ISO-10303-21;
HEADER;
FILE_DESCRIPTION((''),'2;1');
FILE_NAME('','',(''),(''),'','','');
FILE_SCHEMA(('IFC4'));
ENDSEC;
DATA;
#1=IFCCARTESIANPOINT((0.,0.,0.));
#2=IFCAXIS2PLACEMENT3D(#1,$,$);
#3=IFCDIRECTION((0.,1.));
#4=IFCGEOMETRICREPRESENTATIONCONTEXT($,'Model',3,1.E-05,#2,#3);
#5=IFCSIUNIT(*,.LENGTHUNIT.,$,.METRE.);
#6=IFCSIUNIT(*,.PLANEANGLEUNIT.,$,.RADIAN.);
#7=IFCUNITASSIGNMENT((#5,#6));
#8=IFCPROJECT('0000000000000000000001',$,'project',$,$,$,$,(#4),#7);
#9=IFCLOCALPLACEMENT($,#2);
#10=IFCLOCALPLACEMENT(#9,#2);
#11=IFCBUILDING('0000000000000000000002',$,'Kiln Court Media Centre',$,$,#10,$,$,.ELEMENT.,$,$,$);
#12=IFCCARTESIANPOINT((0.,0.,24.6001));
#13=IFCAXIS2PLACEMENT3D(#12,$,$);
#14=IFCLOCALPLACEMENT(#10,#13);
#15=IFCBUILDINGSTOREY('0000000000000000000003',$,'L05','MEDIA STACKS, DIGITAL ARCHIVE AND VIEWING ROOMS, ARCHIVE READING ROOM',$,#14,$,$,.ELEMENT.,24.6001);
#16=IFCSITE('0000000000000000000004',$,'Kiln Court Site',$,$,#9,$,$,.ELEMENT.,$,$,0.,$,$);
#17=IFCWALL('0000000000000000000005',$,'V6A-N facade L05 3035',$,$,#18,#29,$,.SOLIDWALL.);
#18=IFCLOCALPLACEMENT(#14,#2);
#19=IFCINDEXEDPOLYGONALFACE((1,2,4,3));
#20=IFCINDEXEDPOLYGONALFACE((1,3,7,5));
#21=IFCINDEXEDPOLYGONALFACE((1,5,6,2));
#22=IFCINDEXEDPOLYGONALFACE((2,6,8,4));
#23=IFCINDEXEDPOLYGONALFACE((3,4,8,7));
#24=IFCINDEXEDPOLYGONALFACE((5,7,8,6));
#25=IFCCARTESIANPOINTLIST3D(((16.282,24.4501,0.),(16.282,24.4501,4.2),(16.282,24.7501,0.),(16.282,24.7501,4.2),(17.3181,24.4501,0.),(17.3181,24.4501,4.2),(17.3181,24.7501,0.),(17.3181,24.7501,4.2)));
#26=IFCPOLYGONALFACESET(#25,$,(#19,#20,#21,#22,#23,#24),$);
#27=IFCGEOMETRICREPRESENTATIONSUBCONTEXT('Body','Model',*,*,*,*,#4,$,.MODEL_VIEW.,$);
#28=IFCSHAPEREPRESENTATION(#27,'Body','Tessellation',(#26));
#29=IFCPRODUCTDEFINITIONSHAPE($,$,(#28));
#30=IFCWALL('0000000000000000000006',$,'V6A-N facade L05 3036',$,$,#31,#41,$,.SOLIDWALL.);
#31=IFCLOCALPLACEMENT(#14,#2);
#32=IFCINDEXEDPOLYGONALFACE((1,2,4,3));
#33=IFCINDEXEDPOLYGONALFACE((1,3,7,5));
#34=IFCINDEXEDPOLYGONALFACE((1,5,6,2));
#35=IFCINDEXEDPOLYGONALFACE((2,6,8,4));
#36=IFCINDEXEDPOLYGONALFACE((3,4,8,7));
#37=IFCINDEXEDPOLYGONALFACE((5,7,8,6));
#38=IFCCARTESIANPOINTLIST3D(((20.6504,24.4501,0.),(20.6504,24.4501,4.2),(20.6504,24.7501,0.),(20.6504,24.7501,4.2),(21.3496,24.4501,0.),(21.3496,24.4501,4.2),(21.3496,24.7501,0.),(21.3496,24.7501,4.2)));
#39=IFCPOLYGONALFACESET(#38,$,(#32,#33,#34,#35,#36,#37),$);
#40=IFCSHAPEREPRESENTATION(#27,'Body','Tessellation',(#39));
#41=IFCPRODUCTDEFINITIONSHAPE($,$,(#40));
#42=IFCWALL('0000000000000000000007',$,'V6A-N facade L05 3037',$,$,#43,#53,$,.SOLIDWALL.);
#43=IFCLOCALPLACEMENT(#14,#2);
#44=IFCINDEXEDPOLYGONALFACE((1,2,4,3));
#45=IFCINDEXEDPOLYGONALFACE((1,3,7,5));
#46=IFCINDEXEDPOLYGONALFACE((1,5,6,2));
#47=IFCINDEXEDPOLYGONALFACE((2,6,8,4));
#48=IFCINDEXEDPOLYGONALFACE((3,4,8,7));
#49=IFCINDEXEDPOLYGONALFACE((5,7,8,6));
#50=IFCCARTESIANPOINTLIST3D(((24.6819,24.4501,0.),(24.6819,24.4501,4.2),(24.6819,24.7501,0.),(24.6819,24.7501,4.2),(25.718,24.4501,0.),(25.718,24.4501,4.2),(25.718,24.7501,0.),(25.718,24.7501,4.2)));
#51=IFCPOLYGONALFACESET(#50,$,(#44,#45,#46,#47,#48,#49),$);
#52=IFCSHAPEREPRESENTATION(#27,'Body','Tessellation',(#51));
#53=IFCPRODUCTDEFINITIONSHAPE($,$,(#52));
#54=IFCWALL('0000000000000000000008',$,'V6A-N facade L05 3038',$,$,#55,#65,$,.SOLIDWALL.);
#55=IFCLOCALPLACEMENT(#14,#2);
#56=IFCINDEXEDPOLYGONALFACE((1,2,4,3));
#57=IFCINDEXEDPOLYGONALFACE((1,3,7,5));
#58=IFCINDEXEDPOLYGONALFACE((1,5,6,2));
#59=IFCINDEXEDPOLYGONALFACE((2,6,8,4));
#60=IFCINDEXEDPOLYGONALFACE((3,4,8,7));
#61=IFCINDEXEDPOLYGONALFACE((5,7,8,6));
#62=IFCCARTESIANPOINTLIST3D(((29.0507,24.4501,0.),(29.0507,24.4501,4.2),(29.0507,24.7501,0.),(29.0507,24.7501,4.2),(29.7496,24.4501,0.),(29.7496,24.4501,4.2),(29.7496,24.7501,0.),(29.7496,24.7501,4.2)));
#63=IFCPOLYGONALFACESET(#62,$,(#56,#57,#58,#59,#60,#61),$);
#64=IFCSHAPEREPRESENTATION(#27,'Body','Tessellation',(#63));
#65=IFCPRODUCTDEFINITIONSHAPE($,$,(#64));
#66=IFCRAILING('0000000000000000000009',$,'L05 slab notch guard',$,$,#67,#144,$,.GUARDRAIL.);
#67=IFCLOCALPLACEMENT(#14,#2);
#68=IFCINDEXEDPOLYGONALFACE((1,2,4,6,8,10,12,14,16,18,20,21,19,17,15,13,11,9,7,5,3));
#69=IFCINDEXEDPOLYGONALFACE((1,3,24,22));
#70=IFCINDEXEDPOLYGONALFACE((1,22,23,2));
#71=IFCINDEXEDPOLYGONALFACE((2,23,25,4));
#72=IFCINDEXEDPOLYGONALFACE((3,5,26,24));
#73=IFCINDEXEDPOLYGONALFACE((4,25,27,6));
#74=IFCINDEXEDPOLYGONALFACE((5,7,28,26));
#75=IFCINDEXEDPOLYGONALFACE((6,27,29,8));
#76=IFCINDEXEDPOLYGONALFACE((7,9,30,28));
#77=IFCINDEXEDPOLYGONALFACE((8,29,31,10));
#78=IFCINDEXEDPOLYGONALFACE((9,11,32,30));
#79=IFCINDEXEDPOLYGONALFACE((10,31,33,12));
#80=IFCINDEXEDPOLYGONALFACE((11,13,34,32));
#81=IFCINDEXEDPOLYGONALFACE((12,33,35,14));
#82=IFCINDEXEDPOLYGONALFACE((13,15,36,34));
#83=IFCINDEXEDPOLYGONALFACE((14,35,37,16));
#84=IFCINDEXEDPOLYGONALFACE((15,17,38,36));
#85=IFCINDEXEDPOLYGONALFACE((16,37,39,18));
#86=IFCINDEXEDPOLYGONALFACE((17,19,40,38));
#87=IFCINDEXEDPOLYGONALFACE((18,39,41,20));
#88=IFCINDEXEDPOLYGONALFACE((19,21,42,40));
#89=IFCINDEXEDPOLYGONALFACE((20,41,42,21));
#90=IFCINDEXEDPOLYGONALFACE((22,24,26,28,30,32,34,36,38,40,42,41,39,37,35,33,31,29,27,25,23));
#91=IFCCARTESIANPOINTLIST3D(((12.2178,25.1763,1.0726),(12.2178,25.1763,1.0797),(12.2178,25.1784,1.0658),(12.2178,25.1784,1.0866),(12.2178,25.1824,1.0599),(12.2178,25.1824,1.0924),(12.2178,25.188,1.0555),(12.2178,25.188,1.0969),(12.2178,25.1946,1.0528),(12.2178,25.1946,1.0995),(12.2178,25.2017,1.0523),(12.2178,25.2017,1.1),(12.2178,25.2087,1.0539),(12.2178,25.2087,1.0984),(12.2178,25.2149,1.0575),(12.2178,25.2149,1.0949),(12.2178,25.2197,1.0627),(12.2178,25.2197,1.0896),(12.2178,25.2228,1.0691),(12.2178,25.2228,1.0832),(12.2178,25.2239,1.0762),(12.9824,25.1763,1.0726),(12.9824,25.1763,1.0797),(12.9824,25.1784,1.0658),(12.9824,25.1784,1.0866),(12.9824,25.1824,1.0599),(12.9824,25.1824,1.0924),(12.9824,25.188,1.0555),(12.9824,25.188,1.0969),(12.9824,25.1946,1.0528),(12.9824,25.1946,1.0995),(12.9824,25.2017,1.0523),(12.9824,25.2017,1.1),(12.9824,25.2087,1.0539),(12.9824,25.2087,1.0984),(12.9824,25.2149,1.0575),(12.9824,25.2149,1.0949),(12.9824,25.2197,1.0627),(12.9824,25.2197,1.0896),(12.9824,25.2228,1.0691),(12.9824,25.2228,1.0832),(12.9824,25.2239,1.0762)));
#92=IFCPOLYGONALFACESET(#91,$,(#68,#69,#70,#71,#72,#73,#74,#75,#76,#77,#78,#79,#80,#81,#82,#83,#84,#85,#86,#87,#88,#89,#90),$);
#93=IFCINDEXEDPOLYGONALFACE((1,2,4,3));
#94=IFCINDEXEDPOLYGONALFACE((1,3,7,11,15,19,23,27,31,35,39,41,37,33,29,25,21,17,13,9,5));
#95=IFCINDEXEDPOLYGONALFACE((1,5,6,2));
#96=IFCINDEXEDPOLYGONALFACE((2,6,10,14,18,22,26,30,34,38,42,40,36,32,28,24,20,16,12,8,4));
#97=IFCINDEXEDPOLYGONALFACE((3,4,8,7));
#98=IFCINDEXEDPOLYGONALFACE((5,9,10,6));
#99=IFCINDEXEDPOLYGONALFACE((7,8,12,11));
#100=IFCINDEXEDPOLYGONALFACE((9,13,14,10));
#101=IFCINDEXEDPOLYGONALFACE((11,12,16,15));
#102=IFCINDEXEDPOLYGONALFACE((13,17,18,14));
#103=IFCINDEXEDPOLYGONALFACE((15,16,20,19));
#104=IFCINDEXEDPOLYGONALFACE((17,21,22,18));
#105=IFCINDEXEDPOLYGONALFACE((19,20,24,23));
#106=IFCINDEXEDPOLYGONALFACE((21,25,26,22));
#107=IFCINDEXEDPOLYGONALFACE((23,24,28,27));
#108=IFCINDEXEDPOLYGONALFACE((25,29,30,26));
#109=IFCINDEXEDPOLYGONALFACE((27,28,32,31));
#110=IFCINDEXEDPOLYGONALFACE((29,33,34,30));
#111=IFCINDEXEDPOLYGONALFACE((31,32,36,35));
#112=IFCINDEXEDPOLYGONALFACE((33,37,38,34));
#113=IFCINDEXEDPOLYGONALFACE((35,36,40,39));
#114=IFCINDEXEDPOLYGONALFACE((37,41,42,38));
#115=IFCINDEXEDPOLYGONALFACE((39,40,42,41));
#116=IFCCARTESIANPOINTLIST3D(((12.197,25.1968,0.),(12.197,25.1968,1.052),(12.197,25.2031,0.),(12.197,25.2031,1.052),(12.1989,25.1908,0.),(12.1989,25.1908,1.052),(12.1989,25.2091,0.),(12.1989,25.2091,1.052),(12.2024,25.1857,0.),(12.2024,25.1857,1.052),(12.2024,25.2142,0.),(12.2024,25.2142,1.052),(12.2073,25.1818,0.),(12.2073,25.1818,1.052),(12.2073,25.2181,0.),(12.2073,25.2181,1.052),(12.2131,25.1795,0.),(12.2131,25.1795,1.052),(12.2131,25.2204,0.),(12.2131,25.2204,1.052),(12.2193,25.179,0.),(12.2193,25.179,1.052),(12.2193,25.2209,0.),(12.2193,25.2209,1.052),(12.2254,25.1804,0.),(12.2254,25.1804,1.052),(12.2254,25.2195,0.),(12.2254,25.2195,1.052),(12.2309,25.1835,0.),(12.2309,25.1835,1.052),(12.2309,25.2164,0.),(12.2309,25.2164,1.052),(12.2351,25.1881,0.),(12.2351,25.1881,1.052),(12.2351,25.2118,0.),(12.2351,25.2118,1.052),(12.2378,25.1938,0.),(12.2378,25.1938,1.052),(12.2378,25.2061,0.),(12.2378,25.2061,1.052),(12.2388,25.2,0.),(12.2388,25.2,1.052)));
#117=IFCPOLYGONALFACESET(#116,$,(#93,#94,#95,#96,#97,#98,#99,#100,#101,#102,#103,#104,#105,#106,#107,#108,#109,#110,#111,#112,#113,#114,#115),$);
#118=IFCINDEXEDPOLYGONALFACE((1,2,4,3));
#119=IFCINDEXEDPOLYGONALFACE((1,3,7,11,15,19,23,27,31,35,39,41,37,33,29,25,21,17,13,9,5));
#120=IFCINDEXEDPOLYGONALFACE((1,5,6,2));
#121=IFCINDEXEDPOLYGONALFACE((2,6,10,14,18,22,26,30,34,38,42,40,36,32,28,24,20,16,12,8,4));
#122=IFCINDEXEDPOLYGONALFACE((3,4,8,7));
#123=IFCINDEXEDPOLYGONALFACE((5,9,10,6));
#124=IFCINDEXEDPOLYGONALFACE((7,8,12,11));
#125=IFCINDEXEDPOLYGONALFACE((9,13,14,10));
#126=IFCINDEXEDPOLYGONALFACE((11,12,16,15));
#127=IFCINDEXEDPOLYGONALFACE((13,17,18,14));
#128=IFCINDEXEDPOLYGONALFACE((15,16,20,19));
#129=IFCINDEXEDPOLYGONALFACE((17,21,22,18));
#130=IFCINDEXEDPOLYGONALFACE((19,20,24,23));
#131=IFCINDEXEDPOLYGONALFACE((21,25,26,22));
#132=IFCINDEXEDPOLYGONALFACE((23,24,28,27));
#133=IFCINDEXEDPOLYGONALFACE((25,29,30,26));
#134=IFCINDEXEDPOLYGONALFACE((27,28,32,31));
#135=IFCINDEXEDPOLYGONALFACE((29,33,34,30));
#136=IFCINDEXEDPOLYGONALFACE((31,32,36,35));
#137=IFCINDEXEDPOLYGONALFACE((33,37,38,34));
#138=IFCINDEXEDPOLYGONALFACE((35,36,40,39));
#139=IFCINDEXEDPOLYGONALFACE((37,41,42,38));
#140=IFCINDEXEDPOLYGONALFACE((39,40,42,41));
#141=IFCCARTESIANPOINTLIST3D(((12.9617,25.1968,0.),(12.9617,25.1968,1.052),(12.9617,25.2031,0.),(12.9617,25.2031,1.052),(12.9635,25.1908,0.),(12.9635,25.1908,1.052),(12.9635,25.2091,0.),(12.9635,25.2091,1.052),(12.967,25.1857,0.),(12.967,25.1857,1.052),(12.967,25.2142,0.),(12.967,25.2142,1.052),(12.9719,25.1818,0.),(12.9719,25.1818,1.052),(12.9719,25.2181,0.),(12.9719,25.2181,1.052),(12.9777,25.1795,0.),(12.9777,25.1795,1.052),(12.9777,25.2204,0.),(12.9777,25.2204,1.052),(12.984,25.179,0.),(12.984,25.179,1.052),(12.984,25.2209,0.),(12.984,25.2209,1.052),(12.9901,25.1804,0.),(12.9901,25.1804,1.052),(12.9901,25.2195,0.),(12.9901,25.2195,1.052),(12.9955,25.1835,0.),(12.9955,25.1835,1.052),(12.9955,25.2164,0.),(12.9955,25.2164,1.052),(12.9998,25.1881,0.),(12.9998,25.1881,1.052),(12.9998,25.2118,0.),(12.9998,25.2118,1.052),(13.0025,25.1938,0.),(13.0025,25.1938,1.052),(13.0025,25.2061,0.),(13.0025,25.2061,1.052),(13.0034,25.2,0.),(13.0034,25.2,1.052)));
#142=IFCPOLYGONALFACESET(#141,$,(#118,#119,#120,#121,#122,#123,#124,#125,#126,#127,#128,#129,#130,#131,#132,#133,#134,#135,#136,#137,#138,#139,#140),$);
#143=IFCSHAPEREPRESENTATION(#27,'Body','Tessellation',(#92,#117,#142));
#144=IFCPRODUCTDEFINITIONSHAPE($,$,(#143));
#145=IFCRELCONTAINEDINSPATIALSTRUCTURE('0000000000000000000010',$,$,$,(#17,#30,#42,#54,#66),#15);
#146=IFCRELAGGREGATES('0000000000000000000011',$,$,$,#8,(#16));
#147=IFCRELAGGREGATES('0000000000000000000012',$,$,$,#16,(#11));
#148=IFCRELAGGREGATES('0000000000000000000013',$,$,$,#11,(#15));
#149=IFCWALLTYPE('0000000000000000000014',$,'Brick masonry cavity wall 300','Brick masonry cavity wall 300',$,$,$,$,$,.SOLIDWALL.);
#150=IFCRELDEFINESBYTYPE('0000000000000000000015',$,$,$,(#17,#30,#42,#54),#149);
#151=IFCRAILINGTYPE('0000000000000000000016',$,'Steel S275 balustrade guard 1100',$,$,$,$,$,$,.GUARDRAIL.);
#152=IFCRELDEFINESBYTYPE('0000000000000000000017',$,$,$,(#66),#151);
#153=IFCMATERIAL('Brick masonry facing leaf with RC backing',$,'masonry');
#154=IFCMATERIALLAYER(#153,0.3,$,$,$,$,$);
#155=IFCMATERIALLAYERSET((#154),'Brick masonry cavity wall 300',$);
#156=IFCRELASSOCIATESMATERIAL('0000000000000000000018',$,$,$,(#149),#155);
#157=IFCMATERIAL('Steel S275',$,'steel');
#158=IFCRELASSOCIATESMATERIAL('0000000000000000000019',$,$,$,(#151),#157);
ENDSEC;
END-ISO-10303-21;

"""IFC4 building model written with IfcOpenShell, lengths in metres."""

from ifc_helpers import new_model, si_unit, direction, frame, frame_2d, origin, origin_2d, place, context, subcontext, project, spatial, rectangle, circle, extrude, material, layer, layer_set, type_object, element, save


model = new_model("IFC4")

# Units and contexts
model_context = context("Model", 3, precision=1e-05, world=origin(), true_north=direction((0.0, 1.0)))
body_context = subcontext(model_context, "Body", "Model", "MODEL_VIEW")
ifc_project = project(units=[si_unit("LENGTHUNIT", "METRE"), si_unit("PLANEANGLEUNIT", "RADIAN")], contexts=[model_context])

# Site, building, storey
site_placement = place(None, origin())
site = spatial("IfcSite", under=ifc_project, at=site_placement, Name="Kiln Court Site", CompositionType="ELEMENT", RefElevation=0.0)
building_placement = place(site_placement, origin())
building = spatial("IfcBuilding", under=site, at=building_placement, Name="Kiln Court Media Centre", CompositionType="ELEMENT")
storey_placement = place(building_placement, frame((0.0, 0.0, 24.6001)))
storey = spatial("IfcBuildingStorey", under=building, at=storey_placement, Name="L05", Description="MEDIA STACKS, DIGITAL ARCHIVE AND VIEWING ROOMS, ARCHIVE READING ROOM", CompositionType="ELEMENT", Elevation=24.6001)

# Walls
ifc_material_1 = material(Name="Brick masonry facing leaf with RC backing", Category="masonry")
ifc_layer_1 = layer(ifc_material_1, 0.3)
ifc_layer_set_1 = layer_set([ifc_layer_1], Name="Brick masonry cavity wall 300")
wall_type_1 = type_object("IfcWallType", Name="Brick masonry cavity wall 300", Description="Brick masonry cavity wall 300", PredefinedType="SOLIDWALL", material=ifc_layer_set_1)
wall_1_placement = place(storey_placement, frame((16.282, 24.6001, 0.0), z_axis=(0.0, 0.0, 1.0), x_axis=(1.0, 0.0, 0.0)))
element("IfcWall", 1, at=wall_1_placement, inside=storey, type_object=wall_type_1, Name="V6A-N facade L05 3035", PredefinedType="SOLIDWALL", context=body_context, shape_type="SweptSolid", body=[
    extrude(rectangle(XDim=1.0361, YDim=0.3, at=frame_2d((0.5181, 0.0))), origin(), (0.0, 0.0, 1.0), 4.2),
])
wall_2_placement = place(storey_placement, frame((20.6504, 24.6001, 0.0), z_axis=(0.0, 0.0, 1.0), x_axis=(1.0, 0.0, 0.0)))
element("IfcWall", 2, at=wall_2_placement, inside=storey, type_object=wall_type_1, Name="V6A-N facade L05 3036", PredefinedType="SOLIDWALL", context=body_context, shape_type="SweptSolid", body=[
    extrude(rectangle(XDim=0.6992, YDim=0.3, at=frame_2d((0.3496, 0.0))), origin(), (0.0, 0.0, 1.0), 4.2),
])
wall_3_placement = place(storey_placement, frame((24.6819, 24.6001, 0.0), z_axis=(0.0, 0.0, 1.0), x_axis=(1.0, 0.0, 0.0)))
element("IfcWall", 3, at=wall_3_placement, inside=storey, type_object=wall_type_1, Name="V6A-N facade L05 3037", PredefinedType="SOLIDWALL", context=body_context, shape_type="SweptSolid", body=[
    extrude(rectangle(XDim=1.0361, YDim=0.3, at=frame_2d((0.5181, 0.0))), origin(), (0.0, 0.0, 1.0), 4.2),
])
wall_4_placement = place(storey_placement, frame((29.0505, 24.6001, 0.0), z_axis=(0.0, 0.0, 1.0), x_axis=(1.0, 0.0, 0.0)))
element("IfcWall", 4, at=wall_4_placement, inside=storey, type_object=wall_type_1, Name="V6A-N facade L05 3038", PredefinedType="SOLIDWALL", context=body_context, shape_type="SweptSolid", body=[
    extrude(rectangle(XDim=0.699, YDim=0.3, at=frame_2d((0.3496, 0.0))), origin(), (0.0, 0.0, 1.0), 4.2),
])

# Railing
ifc_material_2 = material(Name="Steel S275", Category="steel")
railing_type = type_object("IfcRailingType", Name="Steel S275 balustrade guard 1100", PredefinedType="GUARDRAIL", material=ifc_material_2)
for number, where, name in (
    (5, (12.2178, 25.2, 0.0), "L05 slab notch guard"),
):
    element("IfcRailing", number, at=place(storey_placement, frame(where)), inside=storey, type_object=railing_type, Name=name, PredefinedType="GUARDRAIL", context=body_context, shape_type="SweptSolid", body=[
        extrude(circle(Radius=0.0239, at=origin_2d()), frame((0.0, 0.0, 1.0762), z_axis=(1.0, 0.0, 0.0), x_axis=(0.0, 1.0, 0.0)), (0.0, 0.0, 1.0), 0.7646),
        extrude(circle(Radius=0.021, at=origin_2d()), origin(), (0.0, 0.0, 1.0), 1.052),
        extrude(circle(Radius=0.021, at=origin_2d()), frame((0.7646, 0.0, 0.0)), (0.0, 0.0, 1.0), 1.052),
    ])

save(model, "model.ifc")
